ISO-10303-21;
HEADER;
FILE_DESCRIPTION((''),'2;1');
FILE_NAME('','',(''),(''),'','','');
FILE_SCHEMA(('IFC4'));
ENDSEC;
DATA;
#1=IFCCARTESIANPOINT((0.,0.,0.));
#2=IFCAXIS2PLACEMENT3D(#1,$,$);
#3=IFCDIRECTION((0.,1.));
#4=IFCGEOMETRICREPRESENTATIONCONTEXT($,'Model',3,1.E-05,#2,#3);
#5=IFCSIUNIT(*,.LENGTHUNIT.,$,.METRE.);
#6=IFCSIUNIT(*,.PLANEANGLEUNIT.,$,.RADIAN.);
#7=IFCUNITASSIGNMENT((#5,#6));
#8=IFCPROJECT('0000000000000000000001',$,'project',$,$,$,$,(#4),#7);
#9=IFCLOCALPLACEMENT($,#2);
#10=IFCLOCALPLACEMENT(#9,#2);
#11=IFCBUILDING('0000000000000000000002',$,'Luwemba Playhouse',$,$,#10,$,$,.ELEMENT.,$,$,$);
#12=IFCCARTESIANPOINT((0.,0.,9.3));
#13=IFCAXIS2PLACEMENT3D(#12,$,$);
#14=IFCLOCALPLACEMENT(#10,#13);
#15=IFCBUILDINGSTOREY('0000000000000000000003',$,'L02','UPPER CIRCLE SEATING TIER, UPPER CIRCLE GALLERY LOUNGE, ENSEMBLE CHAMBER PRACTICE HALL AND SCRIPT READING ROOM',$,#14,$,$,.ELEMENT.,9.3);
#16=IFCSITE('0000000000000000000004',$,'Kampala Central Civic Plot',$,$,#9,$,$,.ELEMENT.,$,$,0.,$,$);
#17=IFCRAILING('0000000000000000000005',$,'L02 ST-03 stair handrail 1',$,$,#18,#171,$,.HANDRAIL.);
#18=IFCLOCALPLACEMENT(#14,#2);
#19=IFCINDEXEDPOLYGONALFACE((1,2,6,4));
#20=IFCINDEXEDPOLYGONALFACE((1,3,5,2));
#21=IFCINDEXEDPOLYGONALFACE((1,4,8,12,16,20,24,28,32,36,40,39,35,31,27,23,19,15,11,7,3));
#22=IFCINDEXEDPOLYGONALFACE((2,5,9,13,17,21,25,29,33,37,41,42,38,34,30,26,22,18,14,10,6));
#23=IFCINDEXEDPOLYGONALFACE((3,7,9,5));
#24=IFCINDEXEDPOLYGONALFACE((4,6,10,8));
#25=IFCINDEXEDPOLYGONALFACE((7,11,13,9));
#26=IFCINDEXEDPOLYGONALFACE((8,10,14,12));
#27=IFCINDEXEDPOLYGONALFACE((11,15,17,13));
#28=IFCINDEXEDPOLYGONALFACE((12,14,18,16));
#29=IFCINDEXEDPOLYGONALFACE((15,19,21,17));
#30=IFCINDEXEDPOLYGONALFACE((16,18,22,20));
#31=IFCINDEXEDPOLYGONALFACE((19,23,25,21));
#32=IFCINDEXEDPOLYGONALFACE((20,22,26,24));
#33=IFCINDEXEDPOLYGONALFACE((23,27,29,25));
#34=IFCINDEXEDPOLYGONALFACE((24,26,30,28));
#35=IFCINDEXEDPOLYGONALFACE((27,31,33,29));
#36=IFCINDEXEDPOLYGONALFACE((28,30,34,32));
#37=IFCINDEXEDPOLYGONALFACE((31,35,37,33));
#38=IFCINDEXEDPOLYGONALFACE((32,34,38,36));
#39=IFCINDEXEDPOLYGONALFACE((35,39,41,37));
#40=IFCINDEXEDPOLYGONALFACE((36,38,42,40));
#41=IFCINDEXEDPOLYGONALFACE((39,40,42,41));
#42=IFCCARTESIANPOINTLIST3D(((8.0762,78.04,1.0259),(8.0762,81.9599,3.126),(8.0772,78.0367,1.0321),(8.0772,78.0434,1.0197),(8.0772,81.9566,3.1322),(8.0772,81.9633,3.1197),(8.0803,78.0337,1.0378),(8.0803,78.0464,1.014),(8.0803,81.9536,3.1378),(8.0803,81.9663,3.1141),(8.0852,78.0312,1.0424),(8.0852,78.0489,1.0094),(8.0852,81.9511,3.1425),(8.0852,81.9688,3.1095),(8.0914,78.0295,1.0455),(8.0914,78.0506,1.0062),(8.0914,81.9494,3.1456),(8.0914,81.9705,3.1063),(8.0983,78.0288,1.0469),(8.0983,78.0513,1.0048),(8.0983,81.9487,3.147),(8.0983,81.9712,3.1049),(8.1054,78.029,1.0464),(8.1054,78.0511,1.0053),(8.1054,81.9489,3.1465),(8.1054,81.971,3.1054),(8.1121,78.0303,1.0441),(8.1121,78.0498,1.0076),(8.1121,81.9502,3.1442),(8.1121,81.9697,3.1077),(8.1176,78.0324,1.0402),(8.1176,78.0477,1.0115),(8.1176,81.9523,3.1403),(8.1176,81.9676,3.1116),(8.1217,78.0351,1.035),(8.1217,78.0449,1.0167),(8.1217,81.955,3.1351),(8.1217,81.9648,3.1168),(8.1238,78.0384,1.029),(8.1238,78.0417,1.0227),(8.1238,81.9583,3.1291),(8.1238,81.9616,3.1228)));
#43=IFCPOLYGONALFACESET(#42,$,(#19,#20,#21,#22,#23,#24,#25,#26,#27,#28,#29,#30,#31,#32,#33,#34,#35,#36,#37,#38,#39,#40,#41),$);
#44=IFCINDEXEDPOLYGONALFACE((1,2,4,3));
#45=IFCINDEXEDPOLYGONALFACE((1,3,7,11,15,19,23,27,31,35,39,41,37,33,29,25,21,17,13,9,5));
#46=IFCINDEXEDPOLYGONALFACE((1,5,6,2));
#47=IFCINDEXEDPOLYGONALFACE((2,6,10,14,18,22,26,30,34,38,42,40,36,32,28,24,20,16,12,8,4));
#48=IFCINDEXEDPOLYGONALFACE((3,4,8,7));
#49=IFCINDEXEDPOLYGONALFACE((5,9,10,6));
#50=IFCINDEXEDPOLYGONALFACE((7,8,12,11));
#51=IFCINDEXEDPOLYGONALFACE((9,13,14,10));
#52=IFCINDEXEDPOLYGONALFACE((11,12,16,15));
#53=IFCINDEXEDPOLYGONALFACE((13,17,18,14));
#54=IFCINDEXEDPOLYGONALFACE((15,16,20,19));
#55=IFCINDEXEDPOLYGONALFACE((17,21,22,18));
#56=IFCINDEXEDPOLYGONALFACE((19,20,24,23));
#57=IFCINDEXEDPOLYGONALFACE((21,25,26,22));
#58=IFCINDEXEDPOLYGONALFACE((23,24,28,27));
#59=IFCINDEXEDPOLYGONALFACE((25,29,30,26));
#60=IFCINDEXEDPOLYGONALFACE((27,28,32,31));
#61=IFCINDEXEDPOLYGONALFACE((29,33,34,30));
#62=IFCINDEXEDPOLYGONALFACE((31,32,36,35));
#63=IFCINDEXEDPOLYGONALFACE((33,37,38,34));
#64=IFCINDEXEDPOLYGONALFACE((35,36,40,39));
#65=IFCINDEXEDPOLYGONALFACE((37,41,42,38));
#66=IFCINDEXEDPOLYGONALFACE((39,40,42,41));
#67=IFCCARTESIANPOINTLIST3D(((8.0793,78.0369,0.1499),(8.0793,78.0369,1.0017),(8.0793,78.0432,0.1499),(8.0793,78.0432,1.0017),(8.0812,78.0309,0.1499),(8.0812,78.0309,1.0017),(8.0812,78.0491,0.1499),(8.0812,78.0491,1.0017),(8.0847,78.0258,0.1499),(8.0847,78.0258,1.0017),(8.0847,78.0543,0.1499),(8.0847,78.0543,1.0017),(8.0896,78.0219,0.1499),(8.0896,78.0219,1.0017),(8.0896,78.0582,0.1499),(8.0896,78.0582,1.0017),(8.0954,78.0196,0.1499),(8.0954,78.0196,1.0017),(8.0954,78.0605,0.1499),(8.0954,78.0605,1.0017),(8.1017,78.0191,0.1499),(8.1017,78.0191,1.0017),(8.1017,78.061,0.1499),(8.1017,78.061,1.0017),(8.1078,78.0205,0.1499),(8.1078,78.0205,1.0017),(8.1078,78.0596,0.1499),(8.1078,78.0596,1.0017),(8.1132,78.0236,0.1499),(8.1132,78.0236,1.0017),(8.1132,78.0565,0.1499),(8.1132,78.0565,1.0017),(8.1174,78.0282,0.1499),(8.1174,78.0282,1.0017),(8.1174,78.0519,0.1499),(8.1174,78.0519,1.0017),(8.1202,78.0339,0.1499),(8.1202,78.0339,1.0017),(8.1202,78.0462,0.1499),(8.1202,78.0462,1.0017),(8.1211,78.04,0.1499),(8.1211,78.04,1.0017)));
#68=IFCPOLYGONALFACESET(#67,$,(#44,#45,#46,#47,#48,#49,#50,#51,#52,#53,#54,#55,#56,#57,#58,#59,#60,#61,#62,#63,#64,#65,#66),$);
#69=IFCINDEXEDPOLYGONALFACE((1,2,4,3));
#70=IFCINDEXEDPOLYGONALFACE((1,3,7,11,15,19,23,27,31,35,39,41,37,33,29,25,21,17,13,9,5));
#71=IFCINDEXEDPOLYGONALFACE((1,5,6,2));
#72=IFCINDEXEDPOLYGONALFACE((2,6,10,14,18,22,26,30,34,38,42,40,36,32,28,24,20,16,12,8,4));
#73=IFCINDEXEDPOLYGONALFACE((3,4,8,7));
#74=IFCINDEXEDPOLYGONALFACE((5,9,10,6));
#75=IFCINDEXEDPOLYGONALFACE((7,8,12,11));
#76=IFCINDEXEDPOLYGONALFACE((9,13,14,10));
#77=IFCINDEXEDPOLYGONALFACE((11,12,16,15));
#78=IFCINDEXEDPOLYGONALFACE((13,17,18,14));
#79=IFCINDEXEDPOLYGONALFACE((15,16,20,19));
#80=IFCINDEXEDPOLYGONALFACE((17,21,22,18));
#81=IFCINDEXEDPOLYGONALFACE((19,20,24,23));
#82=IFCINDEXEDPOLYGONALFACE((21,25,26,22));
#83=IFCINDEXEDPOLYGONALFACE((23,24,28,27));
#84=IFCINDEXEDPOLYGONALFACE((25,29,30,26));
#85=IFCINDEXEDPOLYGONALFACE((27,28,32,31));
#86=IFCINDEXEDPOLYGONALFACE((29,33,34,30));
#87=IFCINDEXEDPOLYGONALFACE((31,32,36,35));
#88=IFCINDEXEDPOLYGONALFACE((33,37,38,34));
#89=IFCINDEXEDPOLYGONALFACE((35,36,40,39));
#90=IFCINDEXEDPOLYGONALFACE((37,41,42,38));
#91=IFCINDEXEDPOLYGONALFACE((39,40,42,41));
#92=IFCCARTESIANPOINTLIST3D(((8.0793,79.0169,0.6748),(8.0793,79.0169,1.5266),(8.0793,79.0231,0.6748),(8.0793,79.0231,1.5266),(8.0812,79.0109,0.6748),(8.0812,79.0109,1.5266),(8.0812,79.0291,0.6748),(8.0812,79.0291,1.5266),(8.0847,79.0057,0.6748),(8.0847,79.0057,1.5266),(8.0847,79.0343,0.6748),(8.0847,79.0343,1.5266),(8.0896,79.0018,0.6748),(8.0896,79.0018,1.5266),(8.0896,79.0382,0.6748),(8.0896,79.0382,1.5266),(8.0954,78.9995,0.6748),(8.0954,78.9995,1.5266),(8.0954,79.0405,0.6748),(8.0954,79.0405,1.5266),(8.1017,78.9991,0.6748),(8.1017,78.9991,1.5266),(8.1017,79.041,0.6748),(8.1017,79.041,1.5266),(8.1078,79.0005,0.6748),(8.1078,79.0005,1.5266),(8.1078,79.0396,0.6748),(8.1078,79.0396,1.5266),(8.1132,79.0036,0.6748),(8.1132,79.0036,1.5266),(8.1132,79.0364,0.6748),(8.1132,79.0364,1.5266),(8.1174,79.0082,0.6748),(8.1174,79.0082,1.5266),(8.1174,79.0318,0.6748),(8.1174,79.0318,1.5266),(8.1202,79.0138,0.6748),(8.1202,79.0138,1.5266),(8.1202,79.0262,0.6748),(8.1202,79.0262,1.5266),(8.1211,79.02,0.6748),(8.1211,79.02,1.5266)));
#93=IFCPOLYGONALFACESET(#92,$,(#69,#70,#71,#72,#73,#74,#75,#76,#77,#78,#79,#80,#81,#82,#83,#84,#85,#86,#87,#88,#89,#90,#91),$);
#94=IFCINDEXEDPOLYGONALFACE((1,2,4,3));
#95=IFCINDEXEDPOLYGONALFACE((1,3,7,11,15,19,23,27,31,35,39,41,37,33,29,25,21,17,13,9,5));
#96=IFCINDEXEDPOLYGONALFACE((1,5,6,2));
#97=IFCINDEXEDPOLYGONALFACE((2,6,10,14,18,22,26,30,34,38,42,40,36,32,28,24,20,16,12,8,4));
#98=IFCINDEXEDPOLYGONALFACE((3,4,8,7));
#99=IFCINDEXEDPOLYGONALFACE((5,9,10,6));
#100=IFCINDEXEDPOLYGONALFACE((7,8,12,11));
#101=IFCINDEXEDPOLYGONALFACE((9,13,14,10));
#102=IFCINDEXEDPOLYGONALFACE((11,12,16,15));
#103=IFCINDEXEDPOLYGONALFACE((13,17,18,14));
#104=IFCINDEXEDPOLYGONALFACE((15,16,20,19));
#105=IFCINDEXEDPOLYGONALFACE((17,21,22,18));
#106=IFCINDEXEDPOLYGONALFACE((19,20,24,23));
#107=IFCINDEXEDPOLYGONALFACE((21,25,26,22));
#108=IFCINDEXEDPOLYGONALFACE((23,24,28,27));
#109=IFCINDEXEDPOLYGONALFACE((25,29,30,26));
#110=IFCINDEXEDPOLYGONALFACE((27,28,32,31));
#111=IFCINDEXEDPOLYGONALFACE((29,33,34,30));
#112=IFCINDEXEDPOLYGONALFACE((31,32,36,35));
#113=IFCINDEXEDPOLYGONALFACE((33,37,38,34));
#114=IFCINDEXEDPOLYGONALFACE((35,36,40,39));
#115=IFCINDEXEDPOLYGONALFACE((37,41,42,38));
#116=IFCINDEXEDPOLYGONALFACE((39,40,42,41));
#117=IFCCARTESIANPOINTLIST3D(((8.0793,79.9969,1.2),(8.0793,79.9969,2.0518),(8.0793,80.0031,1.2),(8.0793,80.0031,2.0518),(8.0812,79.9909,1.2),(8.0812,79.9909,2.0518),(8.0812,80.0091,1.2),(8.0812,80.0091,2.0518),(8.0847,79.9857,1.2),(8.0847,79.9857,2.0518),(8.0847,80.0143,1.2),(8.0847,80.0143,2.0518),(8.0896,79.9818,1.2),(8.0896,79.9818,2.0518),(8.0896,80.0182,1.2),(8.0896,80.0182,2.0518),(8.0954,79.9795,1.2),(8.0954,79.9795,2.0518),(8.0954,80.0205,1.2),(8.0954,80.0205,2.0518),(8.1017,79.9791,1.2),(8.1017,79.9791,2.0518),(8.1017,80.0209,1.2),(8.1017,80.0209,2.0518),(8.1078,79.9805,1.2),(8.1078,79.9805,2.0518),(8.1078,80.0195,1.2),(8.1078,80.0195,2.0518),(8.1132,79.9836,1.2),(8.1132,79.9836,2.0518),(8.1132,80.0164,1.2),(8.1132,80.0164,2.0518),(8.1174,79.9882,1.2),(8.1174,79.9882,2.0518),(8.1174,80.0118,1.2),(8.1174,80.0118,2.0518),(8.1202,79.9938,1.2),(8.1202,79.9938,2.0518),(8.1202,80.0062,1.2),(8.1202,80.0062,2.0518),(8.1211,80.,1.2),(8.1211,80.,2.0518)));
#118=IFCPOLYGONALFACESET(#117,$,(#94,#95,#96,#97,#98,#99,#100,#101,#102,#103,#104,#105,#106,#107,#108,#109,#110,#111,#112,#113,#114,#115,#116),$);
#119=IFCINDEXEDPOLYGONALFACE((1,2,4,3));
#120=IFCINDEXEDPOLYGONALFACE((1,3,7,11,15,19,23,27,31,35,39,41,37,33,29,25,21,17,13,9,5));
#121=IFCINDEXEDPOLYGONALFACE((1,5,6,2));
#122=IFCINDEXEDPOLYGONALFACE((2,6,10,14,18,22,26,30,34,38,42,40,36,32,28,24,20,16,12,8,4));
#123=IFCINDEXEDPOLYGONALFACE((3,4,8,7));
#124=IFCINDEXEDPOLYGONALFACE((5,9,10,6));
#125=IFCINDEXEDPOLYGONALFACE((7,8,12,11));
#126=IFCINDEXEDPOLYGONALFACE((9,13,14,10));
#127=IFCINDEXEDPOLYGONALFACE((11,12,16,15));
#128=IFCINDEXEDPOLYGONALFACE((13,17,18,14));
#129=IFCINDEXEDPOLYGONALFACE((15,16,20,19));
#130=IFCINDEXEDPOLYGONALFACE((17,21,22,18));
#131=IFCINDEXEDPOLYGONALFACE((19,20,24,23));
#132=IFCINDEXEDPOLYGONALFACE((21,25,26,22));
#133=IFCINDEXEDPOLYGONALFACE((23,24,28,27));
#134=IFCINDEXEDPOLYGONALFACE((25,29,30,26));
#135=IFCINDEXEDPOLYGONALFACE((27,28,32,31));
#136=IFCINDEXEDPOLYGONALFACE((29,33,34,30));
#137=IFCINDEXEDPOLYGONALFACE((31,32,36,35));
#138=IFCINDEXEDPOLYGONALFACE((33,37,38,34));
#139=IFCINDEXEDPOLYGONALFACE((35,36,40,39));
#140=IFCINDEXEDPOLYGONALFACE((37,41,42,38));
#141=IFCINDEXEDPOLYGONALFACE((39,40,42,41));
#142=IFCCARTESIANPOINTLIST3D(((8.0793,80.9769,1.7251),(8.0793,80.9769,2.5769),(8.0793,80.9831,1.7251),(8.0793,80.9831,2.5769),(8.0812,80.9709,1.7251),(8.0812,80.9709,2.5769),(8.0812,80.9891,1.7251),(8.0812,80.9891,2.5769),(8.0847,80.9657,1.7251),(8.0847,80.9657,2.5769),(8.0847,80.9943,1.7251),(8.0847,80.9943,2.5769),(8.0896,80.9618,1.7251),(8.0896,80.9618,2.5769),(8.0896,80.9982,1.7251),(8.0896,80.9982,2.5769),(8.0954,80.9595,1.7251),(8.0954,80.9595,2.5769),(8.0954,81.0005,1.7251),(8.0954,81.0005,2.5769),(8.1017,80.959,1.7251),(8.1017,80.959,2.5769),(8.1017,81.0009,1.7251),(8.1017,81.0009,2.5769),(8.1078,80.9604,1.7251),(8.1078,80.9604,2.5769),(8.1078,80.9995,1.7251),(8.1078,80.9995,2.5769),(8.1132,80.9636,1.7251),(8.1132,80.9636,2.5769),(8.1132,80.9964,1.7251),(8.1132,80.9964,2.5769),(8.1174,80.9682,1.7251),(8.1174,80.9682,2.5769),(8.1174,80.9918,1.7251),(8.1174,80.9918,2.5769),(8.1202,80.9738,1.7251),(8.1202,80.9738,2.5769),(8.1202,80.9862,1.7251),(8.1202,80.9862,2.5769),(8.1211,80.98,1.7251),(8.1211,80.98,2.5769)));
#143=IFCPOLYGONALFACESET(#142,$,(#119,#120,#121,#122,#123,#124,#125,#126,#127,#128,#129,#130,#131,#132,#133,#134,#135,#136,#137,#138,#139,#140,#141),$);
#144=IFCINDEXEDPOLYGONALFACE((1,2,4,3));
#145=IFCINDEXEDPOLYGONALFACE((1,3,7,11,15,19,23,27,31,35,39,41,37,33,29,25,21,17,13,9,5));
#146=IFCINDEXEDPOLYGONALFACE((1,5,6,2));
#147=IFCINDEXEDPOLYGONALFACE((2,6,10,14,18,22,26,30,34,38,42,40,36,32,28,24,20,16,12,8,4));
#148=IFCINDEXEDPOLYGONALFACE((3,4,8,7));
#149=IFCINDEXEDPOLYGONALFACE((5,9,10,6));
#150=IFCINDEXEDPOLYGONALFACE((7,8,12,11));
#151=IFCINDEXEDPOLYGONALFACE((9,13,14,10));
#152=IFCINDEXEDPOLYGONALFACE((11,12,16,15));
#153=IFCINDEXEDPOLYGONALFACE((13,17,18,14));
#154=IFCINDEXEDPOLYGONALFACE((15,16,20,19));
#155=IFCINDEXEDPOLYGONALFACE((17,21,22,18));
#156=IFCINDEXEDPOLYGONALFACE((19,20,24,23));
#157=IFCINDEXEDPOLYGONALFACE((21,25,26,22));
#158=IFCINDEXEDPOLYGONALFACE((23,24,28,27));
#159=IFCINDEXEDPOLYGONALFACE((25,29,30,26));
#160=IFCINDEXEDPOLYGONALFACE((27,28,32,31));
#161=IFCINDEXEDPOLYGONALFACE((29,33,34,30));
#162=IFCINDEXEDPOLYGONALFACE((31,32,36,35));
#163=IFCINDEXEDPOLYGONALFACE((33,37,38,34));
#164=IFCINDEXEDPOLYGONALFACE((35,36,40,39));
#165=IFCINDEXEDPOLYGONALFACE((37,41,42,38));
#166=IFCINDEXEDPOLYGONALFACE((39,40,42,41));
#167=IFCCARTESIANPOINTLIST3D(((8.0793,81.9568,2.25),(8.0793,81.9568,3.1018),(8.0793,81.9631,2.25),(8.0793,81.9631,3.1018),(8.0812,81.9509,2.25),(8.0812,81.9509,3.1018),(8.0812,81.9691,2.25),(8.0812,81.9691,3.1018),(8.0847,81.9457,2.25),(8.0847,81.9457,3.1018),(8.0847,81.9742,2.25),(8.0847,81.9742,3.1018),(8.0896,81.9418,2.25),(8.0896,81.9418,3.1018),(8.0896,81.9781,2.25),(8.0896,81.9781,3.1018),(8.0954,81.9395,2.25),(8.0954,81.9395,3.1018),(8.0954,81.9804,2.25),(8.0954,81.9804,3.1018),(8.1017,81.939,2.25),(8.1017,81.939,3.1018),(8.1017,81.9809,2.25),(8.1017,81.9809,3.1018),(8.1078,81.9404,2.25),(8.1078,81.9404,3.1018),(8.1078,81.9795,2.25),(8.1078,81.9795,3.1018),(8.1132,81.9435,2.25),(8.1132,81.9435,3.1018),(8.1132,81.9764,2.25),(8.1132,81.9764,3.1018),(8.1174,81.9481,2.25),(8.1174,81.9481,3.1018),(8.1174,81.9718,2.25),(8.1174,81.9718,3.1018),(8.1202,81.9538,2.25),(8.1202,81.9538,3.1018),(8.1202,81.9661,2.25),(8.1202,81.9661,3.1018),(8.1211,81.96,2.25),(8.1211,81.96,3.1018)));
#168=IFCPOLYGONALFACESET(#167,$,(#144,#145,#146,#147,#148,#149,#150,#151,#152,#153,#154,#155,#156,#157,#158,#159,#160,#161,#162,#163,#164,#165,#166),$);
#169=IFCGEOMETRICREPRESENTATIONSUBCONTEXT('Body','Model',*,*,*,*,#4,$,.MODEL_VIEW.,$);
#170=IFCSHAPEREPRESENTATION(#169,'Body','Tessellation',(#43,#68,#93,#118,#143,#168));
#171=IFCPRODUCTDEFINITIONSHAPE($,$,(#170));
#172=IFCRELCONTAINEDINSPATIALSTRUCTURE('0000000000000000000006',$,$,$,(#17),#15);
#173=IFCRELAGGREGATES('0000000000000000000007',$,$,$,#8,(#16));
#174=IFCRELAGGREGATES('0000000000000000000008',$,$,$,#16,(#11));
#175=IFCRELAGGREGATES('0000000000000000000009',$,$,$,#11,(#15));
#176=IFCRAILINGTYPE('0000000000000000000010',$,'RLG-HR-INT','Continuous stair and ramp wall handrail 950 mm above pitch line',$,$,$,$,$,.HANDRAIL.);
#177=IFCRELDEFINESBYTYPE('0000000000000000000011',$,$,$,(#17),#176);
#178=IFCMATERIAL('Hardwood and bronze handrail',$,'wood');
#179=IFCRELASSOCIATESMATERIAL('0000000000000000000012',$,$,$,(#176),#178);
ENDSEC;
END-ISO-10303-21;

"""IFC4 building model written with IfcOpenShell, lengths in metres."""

from ifc_helpers import new_model, si_unit, direction, frame, origin, origin_2d, place, context, subcontext, project, spatial, circle, extrude, material, type_object, element, save


model = new_model("IFC4")

# Units and contexts
model_context = context("Model", 3, precision=1e-05, world=origin(), true_north=direction((0.0, 1.0)))
body_context = subcontext(model_context, "Body", "Model", "MODEL_VIEW")
ifc_project = project(units=[si_unit("LENGTHUNIT", "METRE"), si_unit("PLANEANGLEUNIT", "RADIAN")], contexts=[model_context])

# Site, building, storey
site_placement = place(None, origin())
site = spatial("IfcSite", under=ifc_project, at=site_placement, Name="Kampala Central Civic Plot", CompositionType="ELEMENT", RefElevation=0.0)
building_placement = place(site_placement, origin())
building = spatial("IfcBuilding", under=site, at=building_placement, Name="Luwemba Playhouse", CompositionType="ELEMENT")
storey_placement = place(building_placement, frame((0.0, 0.0, 9.3)))
storey = spatial("IfcBuildingStorey", under=building, at=storey_placement, Name="L02", Description="UPPER CIRCLE SEATING TIER, UPPER CIRCLE GALLERY LOUNGE, ENSEMBLE CHAMBER PRACTICE HALL AND SCRIPT READING ROOM", CompositionType="ELEMENT", Elevation=9.3)

# Railing
ifc_material_1 = material(Name="Hardwood and bronze handrail", Category="wood")
railing_type_1 = type_object("IfcRailingType", Name="RLG-HR-INT", Description="Continuous stair and ramp wall handrail 950 mm above pitch line", PredefinedType="HANDRAIL", material=ifc_material_1)
railing_1_placement = place(storey_placement, frame((8.1001, 78.04, 0.1499)))
element("IfcRailing", 1, at=railing_1_placement, inside=storey, type_object=railing_type_1, Name="L02 ST-03 stair handrail 1", PredefinedType="HANDRAIL", context=body_context, shape_type="SweptSolid", body=[
    extrude(circle(Radius=0.0239, at=origin_2d()), frame((0.0, 0.0, 0.876), z_axis=(0.0, 0.881467, 0.472246), x_axis=(-1.0, 0.0, 0.0)), (0.0, 0.0, 1.0), 4.447),
    extrude(circle(Radius=0.021, at=origin_2d()), origin(), (0.0, 0.0, 1.0), 0.8518),
    extrude(circle(Radius=0.021, at=origin_2d()), frame((0.0, 0.98, 0.5249)), (0.0, 0.0, 1.0), 0.8518),
    extrude(circle(Radius=0.021, at=origin_2d()), frame((0.0, 1.96, 1.05)), (0.0, 0.0, 1.0), 0.8518),
    extrude(circle(Radius=0.021, at=origin_2d()), frame((0.0, 2.9399, 1.5752)), (0.0, 0.0, 1.0), 0.8518),
    extrude(circle(Radius=0.021, at=origin_2d()), frame((0.0, 3.9199, 2.1001)), (0.0, 0.0, 1.0), 0.8518),
])

save(model, "model.ifc")
